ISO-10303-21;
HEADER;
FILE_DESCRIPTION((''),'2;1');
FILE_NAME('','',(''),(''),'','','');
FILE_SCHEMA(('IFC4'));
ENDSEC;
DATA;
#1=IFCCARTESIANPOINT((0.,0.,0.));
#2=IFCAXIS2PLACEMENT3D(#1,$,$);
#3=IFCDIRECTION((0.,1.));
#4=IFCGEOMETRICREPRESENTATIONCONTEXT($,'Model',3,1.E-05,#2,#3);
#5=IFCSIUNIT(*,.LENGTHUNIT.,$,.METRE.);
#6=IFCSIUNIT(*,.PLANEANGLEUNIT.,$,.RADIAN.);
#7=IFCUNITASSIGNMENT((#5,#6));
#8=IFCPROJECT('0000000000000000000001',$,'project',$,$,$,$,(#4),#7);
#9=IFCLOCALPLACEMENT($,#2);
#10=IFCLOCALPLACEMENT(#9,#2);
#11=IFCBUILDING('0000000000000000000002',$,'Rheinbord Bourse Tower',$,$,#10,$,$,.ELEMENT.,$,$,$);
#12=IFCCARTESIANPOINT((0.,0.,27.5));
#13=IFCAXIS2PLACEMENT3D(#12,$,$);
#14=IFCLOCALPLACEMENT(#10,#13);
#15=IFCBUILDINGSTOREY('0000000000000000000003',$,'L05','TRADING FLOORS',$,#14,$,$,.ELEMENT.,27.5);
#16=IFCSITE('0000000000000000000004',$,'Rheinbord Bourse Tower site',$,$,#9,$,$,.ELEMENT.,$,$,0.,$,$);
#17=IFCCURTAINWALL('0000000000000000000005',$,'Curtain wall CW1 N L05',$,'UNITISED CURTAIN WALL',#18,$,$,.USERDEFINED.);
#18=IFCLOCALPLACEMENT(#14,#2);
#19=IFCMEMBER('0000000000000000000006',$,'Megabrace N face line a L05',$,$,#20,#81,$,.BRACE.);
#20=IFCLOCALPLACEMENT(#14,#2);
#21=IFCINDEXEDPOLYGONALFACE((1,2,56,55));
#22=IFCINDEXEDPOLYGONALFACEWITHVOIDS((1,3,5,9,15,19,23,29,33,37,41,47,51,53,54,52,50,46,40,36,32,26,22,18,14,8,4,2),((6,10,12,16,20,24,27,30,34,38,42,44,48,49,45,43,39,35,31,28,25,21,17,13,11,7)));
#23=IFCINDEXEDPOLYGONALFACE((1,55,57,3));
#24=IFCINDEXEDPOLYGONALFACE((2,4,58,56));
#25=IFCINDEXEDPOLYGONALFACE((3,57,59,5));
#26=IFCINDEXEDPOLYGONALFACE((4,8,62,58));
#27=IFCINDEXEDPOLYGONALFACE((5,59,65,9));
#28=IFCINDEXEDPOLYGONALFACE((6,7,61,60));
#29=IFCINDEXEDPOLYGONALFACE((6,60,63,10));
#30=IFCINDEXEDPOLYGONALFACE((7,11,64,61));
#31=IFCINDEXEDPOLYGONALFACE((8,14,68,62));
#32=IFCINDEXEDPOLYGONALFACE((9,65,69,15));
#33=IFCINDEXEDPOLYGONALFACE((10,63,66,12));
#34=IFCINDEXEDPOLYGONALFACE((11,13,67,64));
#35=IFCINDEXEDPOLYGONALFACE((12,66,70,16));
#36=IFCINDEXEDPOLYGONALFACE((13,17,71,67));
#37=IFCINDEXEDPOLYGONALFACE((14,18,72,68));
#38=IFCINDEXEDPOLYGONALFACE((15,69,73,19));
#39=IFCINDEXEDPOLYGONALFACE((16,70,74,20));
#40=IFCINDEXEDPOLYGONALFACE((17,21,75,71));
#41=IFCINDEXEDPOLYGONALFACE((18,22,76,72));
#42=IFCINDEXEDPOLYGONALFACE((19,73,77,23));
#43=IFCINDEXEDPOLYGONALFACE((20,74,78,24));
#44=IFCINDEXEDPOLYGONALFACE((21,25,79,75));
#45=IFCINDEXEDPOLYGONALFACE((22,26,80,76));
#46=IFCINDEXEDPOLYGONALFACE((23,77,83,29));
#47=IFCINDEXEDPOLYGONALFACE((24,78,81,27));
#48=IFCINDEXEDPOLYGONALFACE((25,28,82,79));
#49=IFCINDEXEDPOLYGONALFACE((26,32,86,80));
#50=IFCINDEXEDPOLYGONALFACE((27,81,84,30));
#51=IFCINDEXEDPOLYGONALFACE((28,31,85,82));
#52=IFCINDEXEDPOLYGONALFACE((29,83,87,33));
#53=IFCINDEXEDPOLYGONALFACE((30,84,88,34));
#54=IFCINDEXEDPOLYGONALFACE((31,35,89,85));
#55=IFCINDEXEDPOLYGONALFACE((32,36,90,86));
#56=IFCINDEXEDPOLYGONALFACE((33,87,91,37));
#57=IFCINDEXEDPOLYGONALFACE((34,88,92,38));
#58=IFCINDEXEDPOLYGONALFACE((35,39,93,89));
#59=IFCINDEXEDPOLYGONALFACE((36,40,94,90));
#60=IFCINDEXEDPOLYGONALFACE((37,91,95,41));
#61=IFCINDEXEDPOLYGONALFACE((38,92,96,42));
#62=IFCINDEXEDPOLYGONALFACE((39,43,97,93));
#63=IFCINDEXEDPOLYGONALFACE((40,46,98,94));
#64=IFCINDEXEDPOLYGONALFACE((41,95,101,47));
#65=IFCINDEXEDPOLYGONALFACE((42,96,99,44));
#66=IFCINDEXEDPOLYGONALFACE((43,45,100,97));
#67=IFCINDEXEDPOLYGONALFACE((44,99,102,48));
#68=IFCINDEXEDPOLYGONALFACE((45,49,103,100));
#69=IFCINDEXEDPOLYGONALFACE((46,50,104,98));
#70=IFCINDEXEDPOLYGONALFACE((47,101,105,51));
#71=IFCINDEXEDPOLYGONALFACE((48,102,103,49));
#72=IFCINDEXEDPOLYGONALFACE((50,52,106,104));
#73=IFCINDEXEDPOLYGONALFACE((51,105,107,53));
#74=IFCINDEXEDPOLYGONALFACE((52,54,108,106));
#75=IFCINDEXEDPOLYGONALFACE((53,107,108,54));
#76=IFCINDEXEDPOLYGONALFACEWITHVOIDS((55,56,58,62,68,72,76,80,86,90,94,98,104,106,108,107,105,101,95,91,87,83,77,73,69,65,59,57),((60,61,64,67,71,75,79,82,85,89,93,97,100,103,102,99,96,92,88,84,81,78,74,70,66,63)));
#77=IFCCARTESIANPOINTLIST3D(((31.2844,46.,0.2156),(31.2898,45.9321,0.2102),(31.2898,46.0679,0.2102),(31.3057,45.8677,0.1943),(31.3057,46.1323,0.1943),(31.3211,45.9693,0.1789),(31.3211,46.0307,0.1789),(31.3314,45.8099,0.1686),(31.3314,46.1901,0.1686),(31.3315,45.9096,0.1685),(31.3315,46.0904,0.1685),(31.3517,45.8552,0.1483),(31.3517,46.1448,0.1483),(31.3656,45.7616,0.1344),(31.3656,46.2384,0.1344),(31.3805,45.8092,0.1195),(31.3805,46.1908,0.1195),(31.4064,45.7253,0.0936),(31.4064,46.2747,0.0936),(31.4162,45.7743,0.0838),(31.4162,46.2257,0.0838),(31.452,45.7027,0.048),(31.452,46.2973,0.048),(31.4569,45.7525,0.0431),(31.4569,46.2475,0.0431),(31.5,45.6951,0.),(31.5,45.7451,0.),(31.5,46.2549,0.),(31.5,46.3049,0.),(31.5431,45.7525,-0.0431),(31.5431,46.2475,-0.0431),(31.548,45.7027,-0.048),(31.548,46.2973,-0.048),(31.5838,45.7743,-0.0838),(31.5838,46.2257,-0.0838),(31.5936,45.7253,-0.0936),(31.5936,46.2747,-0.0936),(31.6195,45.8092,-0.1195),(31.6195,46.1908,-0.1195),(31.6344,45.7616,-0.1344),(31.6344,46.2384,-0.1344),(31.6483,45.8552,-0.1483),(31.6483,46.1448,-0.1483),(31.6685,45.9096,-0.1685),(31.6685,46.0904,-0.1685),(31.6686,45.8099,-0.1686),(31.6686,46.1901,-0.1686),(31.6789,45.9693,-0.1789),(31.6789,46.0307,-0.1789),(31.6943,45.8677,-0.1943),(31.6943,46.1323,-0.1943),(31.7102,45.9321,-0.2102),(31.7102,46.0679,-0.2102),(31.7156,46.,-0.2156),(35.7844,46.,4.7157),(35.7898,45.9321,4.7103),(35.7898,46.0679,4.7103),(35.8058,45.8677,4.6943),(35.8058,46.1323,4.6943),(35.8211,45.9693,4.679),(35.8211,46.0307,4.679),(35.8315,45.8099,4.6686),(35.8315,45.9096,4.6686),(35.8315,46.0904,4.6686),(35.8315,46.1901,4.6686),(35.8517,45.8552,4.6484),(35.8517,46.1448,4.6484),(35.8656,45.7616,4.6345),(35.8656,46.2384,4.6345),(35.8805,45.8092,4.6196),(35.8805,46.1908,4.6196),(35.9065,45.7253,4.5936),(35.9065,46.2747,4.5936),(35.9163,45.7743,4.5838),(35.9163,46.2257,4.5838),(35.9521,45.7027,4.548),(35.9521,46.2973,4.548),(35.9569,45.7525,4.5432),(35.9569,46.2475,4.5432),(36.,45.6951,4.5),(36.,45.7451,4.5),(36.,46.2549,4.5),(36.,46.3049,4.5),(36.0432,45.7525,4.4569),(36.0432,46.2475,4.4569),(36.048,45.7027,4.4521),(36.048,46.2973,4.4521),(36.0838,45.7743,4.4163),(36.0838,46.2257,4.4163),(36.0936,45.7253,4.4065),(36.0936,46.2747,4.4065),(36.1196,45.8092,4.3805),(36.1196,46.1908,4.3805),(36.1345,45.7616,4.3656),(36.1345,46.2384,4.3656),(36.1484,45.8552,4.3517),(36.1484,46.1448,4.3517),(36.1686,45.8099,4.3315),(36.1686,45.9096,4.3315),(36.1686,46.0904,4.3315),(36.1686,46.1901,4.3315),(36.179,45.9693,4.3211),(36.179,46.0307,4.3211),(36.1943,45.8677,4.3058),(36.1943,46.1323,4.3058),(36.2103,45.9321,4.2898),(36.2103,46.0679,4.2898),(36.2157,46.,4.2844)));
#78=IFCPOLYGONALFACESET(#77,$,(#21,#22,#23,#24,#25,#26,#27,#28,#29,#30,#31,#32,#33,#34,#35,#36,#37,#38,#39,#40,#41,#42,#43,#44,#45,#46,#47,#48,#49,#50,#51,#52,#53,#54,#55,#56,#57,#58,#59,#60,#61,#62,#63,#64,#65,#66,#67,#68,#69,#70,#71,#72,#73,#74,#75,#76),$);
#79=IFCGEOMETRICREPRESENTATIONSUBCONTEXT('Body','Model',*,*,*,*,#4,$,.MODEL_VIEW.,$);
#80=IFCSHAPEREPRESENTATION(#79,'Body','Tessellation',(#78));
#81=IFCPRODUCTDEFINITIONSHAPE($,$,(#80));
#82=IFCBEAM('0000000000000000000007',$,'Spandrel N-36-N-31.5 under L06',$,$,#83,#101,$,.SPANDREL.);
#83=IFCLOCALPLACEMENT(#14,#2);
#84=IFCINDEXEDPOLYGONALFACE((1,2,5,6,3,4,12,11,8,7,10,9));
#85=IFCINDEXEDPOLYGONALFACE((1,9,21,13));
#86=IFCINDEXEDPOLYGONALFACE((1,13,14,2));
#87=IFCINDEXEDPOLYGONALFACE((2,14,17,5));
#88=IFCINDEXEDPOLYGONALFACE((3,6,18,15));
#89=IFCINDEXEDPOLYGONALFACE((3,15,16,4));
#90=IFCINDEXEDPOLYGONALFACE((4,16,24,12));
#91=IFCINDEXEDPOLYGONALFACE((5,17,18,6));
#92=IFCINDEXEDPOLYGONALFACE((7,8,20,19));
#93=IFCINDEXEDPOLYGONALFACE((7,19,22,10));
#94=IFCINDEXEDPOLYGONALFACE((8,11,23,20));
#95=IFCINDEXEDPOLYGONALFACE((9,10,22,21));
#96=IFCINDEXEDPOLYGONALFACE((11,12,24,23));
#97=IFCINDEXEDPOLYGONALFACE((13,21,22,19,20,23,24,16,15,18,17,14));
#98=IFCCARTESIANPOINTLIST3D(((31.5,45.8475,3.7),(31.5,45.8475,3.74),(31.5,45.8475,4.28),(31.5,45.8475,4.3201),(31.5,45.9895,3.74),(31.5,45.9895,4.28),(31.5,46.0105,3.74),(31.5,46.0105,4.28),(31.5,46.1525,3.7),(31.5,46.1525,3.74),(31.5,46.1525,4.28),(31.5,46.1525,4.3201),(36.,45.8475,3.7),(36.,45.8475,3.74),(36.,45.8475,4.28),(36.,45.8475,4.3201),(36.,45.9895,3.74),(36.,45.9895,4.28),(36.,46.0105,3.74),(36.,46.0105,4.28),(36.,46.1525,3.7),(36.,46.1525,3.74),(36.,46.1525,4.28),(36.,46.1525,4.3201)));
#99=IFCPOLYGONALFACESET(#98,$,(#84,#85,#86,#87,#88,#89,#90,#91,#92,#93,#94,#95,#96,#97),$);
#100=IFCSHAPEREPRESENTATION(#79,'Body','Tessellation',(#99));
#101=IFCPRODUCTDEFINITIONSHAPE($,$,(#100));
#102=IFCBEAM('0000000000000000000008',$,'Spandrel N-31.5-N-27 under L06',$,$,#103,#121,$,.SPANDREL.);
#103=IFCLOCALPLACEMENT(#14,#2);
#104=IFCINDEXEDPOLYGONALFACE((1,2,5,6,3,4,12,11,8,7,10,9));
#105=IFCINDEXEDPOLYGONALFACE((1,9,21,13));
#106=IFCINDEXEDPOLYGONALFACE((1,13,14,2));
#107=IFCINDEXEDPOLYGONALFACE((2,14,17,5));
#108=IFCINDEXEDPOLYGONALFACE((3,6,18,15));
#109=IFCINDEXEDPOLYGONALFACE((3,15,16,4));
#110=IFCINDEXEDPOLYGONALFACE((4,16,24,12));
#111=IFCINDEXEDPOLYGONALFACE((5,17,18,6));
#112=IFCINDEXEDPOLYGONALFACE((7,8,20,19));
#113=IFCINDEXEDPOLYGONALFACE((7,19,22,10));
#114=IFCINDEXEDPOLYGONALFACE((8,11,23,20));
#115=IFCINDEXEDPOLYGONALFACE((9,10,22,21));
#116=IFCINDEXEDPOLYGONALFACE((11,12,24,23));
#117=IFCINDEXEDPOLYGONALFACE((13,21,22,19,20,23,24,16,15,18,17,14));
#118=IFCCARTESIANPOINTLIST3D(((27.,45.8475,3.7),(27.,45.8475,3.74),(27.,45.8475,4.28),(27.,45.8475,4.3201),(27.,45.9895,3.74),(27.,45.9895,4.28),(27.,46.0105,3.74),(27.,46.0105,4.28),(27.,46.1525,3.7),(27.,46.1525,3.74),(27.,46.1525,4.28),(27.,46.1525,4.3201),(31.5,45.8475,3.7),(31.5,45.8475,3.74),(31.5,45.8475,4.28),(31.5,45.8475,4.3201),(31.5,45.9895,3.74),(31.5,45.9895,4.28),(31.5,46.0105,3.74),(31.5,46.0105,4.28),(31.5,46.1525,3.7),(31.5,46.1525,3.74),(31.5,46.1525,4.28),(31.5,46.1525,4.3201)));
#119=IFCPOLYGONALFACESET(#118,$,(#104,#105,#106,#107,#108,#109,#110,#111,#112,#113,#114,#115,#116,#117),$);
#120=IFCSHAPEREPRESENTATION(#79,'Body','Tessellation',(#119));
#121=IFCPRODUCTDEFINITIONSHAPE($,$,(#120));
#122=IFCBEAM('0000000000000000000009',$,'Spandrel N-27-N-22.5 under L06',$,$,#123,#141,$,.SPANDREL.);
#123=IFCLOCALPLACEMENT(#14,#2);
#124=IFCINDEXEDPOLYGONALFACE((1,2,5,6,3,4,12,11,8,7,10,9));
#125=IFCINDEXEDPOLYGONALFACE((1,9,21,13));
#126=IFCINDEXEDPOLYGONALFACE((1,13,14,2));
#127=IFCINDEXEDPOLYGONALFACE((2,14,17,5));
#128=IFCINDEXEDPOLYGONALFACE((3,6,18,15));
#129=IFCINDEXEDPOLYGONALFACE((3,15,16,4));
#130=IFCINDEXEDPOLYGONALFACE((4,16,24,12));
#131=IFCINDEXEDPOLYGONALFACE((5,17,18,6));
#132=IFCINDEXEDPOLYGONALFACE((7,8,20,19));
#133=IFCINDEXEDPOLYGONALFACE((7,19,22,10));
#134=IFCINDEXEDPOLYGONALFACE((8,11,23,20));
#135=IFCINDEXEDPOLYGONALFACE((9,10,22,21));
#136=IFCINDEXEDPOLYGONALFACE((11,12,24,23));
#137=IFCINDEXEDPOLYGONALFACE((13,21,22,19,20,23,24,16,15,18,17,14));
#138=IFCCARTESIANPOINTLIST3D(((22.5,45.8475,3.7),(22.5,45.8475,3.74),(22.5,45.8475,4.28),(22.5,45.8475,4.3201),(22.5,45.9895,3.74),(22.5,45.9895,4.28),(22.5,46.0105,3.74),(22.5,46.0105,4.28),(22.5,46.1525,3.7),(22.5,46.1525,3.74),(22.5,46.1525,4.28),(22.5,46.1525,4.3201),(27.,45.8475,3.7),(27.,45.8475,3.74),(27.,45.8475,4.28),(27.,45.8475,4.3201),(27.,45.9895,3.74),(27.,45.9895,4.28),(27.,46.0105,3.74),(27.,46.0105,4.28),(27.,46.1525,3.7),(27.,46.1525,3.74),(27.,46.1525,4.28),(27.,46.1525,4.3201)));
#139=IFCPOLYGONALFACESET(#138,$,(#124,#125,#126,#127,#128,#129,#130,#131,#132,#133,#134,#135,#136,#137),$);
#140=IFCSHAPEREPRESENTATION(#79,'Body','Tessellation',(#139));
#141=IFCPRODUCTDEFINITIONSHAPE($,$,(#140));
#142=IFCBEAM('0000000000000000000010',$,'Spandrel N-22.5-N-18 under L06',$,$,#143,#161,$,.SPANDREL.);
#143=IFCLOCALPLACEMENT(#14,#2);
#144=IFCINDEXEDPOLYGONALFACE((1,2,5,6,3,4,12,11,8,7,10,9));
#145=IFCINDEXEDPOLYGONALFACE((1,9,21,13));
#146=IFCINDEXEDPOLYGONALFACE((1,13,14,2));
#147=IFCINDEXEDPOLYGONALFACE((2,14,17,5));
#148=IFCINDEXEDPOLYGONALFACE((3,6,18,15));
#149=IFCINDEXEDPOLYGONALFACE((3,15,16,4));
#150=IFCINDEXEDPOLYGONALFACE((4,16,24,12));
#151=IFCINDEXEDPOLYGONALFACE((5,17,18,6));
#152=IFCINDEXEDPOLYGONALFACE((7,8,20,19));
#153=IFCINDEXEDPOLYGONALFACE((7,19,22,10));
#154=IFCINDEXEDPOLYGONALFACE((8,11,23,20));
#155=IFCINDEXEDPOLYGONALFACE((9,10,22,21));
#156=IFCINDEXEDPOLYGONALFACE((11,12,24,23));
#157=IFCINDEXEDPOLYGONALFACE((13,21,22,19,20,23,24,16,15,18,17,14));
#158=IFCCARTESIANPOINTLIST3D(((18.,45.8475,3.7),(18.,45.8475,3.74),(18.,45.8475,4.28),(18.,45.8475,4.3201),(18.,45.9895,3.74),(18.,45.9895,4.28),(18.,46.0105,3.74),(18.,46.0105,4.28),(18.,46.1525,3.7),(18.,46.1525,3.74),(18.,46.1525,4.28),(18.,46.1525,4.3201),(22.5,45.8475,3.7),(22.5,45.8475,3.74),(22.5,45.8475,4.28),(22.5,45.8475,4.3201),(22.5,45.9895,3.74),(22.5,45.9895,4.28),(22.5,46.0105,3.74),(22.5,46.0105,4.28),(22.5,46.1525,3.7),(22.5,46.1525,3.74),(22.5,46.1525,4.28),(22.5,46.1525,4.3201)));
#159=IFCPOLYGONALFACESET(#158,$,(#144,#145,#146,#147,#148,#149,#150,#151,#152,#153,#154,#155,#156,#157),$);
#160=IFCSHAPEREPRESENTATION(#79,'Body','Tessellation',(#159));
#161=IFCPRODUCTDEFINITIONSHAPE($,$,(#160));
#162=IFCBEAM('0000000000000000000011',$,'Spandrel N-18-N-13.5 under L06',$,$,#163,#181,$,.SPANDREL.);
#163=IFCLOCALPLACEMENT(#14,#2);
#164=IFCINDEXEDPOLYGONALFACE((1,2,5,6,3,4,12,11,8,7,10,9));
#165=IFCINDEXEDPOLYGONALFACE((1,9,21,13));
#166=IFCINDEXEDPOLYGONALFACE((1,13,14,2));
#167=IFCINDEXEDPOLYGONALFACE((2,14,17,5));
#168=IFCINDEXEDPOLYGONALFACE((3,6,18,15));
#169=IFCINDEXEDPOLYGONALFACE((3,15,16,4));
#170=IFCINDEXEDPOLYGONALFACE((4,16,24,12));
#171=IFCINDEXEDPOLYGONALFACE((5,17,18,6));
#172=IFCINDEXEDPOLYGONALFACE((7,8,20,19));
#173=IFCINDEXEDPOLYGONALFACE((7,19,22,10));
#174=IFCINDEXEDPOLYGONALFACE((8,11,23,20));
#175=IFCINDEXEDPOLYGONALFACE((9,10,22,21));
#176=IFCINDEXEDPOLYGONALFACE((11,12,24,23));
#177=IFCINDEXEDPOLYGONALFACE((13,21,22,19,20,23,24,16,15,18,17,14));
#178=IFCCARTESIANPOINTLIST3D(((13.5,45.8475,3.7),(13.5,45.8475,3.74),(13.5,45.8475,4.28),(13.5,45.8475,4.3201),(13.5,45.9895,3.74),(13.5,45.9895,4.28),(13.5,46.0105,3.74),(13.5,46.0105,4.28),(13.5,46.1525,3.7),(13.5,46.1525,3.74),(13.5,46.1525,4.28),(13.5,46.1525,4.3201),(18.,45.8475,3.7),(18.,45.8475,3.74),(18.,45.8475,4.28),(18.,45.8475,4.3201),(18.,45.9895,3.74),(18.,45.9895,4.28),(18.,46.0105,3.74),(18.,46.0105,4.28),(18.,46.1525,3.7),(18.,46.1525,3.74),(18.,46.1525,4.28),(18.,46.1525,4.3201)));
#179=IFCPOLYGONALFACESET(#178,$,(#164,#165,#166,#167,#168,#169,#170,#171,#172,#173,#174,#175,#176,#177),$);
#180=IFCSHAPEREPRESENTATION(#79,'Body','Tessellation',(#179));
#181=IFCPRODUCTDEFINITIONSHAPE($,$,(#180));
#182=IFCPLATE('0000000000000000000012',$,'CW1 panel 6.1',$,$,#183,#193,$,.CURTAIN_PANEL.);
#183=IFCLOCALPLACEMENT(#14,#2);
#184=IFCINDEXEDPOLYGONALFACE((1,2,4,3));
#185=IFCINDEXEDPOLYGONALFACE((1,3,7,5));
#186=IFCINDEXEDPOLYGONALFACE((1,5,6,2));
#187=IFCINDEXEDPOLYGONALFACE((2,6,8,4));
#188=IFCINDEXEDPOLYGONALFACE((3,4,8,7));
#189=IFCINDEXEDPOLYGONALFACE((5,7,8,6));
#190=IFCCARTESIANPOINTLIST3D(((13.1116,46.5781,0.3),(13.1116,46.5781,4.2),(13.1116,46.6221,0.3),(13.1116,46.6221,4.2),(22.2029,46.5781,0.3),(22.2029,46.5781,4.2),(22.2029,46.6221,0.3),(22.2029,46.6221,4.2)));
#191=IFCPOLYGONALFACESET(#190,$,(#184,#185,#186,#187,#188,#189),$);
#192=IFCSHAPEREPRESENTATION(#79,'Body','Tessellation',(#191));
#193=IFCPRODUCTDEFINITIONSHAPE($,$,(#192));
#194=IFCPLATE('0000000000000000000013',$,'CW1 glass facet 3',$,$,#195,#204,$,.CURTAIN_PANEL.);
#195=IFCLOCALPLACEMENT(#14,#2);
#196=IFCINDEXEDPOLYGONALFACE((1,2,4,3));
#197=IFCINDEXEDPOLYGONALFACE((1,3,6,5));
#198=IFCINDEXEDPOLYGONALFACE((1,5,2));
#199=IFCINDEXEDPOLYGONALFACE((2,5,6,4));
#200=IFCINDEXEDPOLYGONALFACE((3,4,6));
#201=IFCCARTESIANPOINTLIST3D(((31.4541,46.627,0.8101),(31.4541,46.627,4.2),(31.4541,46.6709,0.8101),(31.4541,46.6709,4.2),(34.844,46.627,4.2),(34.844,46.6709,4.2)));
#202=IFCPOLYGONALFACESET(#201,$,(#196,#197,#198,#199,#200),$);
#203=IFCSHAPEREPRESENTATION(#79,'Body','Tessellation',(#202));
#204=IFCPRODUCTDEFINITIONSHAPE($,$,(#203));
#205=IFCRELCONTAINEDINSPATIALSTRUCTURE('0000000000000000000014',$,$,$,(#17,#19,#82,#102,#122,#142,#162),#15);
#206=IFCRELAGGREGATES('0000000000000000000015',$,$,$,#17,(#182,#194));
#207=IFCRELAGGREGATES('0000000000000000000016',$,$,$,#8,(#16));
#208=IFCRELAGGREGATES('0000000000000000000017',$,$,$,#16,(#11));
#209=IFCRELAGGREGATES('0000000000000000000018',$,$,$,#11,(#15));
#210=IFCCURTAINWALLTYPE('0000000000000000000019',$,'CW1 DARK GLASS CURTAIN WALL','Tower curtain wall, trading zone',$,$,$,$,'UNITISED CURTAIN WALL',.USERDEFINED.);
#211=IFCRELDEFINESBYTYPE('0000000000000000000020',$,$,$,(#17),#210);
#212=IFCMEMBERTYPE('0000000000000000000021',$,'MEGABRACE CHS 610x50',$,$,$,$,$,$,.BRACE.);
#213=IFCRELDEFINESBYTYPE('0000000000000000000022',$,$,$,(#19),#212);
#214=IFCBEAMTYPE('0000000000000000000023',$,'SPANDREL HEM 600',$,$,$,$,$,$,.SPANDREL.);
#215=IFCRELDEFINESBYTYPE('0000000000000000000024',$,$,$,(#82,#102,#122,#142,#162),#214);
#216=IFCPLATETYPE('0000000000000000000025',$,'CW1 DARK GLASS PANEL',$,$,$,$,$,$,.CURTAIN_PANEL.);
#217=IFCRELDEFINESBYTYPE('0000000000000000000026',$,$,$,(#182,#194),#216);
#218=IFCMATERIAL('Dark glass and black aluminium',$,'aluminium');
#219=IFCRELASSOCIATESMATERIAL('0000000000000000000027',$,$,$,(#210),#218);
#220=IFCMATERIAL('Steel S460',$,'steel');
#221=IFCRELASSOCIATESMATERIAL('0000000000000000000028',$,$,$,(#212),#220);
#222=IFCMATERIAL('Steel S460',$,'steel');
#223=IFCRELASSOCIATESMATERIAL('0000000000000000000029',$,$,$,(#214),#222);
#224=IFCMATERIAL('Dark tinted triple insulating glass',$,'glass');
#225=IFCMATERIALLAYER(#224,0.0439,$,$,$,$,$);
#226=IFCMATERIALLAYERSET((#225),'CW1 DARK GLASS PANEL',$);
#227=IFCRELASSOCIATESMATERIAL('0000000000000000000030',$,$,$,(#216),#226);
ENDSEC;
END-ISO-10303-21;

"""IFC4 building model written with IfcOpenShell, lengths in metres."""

from ifc_helpers import new_model, si_unit, direction, frame, origin, origin_2d, place, context, subcontext, project, spatial, polyline, rectangle, hollow_circle, i_section, outline, extrude, material, layer, layer_set, material_profile, profile_set, type_object, element, aggregate, save


model = new_model("IFC4")

# Units and contexts
model_context = context("Model", 3, precision=1e-05, world=origin(), true_north=direction((0.0, 1.0)))
body_context = subcontext(model_context, "Body", "Model", "MODEL_VIEW")
ifc_project = project(units=[si_unit("LENGTHUNIT", "METRE"), si_unit("PLANEANGLEUNIT", "RADIAN")], contexts=[model_context])

# Site, building, storey
site_placement = place(None, origin())
site = spatial("IfcSite", under=ifc_project, at=site_placement, Name="Rheinbord Bourse Tower site", CompositionType="ELEMENT", RefElevation=0.0)
building_placement = place(site_placement, origin())
building = spatial("IfcBuilding", under=site, at=building_placement, Name="Rheinbord Bourse Tower", CompositionType="ELEMENT")
storey_placement = place(building_placement, frame((0.0, 0.0, 27.5)))
storey = spatial("IfcBuildingStorey", under=building, at=storey_placement, Name="L05", Description="TRADING FLOORS", CompositionType="ELEMENT", Elevation=27.5)

# Curtain wall
ifc_material_1 = material(Name="Dark glass and black aluminium", Category="aluminium")
curtain_wall_type = type_object("IfcCurtainWallType", Name="CW1 DARK GLASS CURTAIN WALL", Description="Tower curtain wall, trading zone", ElementType="UNITISED CURTAIN WALL", PredefinedType="USERDEFINED", material=ifc_material_1)
curtain_wall_placement = place(storey_placement, origin())
curtain_wall = element("IfcCurtainWall", 1, at=curtain_wall_placement, inside=storey, type_object=curtain_wall_type, Name="Curtain wall CW1 N L05", ObjectType="UNITISED CURTAIN WALL", PredefinedType="USERDEFINED")

# Member
ifc_material_2 = material(Name="Steel S460", Category="steel")
ifc_material_profile_1 = material_profile(ifc_material_2, hollow_circle(Radius=0.3049, WallThickness=0.05, at=origin_2d()), Name="CHS 610x50")
ifc_profile_set_1 = profile_set([ifc_material_profile_1], Name="Steel S460")
member_type_1 = type_object("IfcMemberType", Name="MEGABRACE CHS 610x50", PredefinedType="BRACE", material=ifc_profile_set_1)
member_1_placement = place(storey_placement, frame((31.5, 46.0, 0.0), z_axis=(0.707107, 0.0, 0.707107), x_axis=(0.0, 1.0, 0.0)))
element("IfcMember", 2, at=member_1_placement, inside=storey, type_object=member_type_1, Name="Megabrace N face line a L05", PredefinedType="BRACE", context=body_context, shape_type="SweptSolid", body=[
    extrude(hollow_circle(Radius=0.3049, WallThickness=0.05, at=origin_2d()), origin(), (0.0, 0.0, 1.0), 6.364),
])

# Beams
ifc_material_3 = material(Name="Steel S460", Category="steel")
ifc_material_profile_2 = material_profile(ifc_material_3, i_section(OverallWidth=0.3049, OverallDepth=0.6201, WebThickness=0.021, FlangeThickness=0.04, at=origin_2d()), Name="HEM 600")
ifc_profile_set_2 = profile_set([ifc_material_profile_2], Name="Steel S460")
beam_type_1 = type_object("IfcBeamType", Name="SPANDREL HEM 600", PredefinedType="SPANDREL", material=ifc_profile_set_2)
for number, where, z_axis, x_axis, name in (
    (3, (36.0, 46.0, 4.01), (-1.0, 0.0, 0.0), (0.0, -1.0, 0.0), "Spandrel N-36-N-31.5 under L06"),
    (4, (31.5, 46.0, 4.01), (-1.0, 0.0, 0.0), (0.0, -1.0, 0.0), "Spandrel N-31.5-N-27 under L06"),
    (5, (27.0, 46.0, 4.01), (-1.0, 0.0, 0.0), (0.0, -1.0, 0.0), "Spandrel N-27-N-22.5 under L06"),
    (6, (22.5, 46.0, 4.01), (-1.0, 0.0, 0.0), (0.0, -1.0, 0.0), "Spandrel N-22.5-N-18 under L06"),
    (7, (18.0, 46.0, 4.01), (-1.0, 0.0, 0.0), (0.0, -1.0, 0.0), "Spandrel N-18-N-13.5 under L06"),
):
    element("IfcBeam", number, at=place(storey_placement, frame(where, z_axis=z_axis, x_axis=x_axis)), inside=storey, type_object=beam_type_1, Name=name, PredefinedType="SPANDREL", context=body_context, shape_type="SweptSolid", body=[
        extrude(i_section(OverallWidth=0.3049, OverallDepth=0.6201, WebThickness=0.021, FlangeThickness=0.04, at=origin_2d()), origin(), (0.0, 0.0, 1.0), 4.5),
    ])

# Plates
ifc_material_4 = material(Name="Dark tinted triple insulating glass", Category="glass")
ifc_layer_1 = layer(ifc_material_4, 0.0439)
ifc_layer_set_1 = layer_set([ifc_layer_1], Name="CW1 DARK GLASS PANEL")
plate_type = type_object("IfcPlateType", Name="CW1 DARK GLASS PANEL", PredefinedType="CURTAIN_PANEL", material=ifc_layer_set_1)
plate_1_placement = place(storey_placement, frame((17.6572, 46.6001, 0.3), z_axis=(0.0, 0.0, 1.0), x_axis=(-1.0, 0.0, 0.0)))
plate_1 = element("IfcPlate", 8, at=plate_1_placement, type_object=plate_type, Name="CW1 panel 6.1", PredefinedType="CURTAIN_PANEL", context=body_context, shape_type="SweptSolid", body=[
    extrude(rectangle(XDim=9.0913, YDim=0.0439, at=origin_2d()), origin(), (0.0, 0.0, 1.0), 3.8999),
])
plate_2_placement = place(storey_placement, frame((31.4541, 46.6709, 4.2), z_axis=(0.0, -1.0, 0.0), x_axis=(0.0, 0.0, -1.0)))
plate_2 = element("IfcPlate", 9, at=plate_2_placement, type_object=plate_type, Name="CW1 glass facet 3", PredefinedType="CURTAIN_PANEL", context=body_context, shape_type="SweptSolid", body=[
    extrude(outline(polyline([(0.0, 0.0), (3.3899, 0.0), (0.0, 3.3899), (0.0, 0.0)])), origin(), (0.0, 0.0, 1.0), 0.0439),
])
aggregate(curtain_wall, [plate_1, plate_2])

save(model, "model.ifc")
